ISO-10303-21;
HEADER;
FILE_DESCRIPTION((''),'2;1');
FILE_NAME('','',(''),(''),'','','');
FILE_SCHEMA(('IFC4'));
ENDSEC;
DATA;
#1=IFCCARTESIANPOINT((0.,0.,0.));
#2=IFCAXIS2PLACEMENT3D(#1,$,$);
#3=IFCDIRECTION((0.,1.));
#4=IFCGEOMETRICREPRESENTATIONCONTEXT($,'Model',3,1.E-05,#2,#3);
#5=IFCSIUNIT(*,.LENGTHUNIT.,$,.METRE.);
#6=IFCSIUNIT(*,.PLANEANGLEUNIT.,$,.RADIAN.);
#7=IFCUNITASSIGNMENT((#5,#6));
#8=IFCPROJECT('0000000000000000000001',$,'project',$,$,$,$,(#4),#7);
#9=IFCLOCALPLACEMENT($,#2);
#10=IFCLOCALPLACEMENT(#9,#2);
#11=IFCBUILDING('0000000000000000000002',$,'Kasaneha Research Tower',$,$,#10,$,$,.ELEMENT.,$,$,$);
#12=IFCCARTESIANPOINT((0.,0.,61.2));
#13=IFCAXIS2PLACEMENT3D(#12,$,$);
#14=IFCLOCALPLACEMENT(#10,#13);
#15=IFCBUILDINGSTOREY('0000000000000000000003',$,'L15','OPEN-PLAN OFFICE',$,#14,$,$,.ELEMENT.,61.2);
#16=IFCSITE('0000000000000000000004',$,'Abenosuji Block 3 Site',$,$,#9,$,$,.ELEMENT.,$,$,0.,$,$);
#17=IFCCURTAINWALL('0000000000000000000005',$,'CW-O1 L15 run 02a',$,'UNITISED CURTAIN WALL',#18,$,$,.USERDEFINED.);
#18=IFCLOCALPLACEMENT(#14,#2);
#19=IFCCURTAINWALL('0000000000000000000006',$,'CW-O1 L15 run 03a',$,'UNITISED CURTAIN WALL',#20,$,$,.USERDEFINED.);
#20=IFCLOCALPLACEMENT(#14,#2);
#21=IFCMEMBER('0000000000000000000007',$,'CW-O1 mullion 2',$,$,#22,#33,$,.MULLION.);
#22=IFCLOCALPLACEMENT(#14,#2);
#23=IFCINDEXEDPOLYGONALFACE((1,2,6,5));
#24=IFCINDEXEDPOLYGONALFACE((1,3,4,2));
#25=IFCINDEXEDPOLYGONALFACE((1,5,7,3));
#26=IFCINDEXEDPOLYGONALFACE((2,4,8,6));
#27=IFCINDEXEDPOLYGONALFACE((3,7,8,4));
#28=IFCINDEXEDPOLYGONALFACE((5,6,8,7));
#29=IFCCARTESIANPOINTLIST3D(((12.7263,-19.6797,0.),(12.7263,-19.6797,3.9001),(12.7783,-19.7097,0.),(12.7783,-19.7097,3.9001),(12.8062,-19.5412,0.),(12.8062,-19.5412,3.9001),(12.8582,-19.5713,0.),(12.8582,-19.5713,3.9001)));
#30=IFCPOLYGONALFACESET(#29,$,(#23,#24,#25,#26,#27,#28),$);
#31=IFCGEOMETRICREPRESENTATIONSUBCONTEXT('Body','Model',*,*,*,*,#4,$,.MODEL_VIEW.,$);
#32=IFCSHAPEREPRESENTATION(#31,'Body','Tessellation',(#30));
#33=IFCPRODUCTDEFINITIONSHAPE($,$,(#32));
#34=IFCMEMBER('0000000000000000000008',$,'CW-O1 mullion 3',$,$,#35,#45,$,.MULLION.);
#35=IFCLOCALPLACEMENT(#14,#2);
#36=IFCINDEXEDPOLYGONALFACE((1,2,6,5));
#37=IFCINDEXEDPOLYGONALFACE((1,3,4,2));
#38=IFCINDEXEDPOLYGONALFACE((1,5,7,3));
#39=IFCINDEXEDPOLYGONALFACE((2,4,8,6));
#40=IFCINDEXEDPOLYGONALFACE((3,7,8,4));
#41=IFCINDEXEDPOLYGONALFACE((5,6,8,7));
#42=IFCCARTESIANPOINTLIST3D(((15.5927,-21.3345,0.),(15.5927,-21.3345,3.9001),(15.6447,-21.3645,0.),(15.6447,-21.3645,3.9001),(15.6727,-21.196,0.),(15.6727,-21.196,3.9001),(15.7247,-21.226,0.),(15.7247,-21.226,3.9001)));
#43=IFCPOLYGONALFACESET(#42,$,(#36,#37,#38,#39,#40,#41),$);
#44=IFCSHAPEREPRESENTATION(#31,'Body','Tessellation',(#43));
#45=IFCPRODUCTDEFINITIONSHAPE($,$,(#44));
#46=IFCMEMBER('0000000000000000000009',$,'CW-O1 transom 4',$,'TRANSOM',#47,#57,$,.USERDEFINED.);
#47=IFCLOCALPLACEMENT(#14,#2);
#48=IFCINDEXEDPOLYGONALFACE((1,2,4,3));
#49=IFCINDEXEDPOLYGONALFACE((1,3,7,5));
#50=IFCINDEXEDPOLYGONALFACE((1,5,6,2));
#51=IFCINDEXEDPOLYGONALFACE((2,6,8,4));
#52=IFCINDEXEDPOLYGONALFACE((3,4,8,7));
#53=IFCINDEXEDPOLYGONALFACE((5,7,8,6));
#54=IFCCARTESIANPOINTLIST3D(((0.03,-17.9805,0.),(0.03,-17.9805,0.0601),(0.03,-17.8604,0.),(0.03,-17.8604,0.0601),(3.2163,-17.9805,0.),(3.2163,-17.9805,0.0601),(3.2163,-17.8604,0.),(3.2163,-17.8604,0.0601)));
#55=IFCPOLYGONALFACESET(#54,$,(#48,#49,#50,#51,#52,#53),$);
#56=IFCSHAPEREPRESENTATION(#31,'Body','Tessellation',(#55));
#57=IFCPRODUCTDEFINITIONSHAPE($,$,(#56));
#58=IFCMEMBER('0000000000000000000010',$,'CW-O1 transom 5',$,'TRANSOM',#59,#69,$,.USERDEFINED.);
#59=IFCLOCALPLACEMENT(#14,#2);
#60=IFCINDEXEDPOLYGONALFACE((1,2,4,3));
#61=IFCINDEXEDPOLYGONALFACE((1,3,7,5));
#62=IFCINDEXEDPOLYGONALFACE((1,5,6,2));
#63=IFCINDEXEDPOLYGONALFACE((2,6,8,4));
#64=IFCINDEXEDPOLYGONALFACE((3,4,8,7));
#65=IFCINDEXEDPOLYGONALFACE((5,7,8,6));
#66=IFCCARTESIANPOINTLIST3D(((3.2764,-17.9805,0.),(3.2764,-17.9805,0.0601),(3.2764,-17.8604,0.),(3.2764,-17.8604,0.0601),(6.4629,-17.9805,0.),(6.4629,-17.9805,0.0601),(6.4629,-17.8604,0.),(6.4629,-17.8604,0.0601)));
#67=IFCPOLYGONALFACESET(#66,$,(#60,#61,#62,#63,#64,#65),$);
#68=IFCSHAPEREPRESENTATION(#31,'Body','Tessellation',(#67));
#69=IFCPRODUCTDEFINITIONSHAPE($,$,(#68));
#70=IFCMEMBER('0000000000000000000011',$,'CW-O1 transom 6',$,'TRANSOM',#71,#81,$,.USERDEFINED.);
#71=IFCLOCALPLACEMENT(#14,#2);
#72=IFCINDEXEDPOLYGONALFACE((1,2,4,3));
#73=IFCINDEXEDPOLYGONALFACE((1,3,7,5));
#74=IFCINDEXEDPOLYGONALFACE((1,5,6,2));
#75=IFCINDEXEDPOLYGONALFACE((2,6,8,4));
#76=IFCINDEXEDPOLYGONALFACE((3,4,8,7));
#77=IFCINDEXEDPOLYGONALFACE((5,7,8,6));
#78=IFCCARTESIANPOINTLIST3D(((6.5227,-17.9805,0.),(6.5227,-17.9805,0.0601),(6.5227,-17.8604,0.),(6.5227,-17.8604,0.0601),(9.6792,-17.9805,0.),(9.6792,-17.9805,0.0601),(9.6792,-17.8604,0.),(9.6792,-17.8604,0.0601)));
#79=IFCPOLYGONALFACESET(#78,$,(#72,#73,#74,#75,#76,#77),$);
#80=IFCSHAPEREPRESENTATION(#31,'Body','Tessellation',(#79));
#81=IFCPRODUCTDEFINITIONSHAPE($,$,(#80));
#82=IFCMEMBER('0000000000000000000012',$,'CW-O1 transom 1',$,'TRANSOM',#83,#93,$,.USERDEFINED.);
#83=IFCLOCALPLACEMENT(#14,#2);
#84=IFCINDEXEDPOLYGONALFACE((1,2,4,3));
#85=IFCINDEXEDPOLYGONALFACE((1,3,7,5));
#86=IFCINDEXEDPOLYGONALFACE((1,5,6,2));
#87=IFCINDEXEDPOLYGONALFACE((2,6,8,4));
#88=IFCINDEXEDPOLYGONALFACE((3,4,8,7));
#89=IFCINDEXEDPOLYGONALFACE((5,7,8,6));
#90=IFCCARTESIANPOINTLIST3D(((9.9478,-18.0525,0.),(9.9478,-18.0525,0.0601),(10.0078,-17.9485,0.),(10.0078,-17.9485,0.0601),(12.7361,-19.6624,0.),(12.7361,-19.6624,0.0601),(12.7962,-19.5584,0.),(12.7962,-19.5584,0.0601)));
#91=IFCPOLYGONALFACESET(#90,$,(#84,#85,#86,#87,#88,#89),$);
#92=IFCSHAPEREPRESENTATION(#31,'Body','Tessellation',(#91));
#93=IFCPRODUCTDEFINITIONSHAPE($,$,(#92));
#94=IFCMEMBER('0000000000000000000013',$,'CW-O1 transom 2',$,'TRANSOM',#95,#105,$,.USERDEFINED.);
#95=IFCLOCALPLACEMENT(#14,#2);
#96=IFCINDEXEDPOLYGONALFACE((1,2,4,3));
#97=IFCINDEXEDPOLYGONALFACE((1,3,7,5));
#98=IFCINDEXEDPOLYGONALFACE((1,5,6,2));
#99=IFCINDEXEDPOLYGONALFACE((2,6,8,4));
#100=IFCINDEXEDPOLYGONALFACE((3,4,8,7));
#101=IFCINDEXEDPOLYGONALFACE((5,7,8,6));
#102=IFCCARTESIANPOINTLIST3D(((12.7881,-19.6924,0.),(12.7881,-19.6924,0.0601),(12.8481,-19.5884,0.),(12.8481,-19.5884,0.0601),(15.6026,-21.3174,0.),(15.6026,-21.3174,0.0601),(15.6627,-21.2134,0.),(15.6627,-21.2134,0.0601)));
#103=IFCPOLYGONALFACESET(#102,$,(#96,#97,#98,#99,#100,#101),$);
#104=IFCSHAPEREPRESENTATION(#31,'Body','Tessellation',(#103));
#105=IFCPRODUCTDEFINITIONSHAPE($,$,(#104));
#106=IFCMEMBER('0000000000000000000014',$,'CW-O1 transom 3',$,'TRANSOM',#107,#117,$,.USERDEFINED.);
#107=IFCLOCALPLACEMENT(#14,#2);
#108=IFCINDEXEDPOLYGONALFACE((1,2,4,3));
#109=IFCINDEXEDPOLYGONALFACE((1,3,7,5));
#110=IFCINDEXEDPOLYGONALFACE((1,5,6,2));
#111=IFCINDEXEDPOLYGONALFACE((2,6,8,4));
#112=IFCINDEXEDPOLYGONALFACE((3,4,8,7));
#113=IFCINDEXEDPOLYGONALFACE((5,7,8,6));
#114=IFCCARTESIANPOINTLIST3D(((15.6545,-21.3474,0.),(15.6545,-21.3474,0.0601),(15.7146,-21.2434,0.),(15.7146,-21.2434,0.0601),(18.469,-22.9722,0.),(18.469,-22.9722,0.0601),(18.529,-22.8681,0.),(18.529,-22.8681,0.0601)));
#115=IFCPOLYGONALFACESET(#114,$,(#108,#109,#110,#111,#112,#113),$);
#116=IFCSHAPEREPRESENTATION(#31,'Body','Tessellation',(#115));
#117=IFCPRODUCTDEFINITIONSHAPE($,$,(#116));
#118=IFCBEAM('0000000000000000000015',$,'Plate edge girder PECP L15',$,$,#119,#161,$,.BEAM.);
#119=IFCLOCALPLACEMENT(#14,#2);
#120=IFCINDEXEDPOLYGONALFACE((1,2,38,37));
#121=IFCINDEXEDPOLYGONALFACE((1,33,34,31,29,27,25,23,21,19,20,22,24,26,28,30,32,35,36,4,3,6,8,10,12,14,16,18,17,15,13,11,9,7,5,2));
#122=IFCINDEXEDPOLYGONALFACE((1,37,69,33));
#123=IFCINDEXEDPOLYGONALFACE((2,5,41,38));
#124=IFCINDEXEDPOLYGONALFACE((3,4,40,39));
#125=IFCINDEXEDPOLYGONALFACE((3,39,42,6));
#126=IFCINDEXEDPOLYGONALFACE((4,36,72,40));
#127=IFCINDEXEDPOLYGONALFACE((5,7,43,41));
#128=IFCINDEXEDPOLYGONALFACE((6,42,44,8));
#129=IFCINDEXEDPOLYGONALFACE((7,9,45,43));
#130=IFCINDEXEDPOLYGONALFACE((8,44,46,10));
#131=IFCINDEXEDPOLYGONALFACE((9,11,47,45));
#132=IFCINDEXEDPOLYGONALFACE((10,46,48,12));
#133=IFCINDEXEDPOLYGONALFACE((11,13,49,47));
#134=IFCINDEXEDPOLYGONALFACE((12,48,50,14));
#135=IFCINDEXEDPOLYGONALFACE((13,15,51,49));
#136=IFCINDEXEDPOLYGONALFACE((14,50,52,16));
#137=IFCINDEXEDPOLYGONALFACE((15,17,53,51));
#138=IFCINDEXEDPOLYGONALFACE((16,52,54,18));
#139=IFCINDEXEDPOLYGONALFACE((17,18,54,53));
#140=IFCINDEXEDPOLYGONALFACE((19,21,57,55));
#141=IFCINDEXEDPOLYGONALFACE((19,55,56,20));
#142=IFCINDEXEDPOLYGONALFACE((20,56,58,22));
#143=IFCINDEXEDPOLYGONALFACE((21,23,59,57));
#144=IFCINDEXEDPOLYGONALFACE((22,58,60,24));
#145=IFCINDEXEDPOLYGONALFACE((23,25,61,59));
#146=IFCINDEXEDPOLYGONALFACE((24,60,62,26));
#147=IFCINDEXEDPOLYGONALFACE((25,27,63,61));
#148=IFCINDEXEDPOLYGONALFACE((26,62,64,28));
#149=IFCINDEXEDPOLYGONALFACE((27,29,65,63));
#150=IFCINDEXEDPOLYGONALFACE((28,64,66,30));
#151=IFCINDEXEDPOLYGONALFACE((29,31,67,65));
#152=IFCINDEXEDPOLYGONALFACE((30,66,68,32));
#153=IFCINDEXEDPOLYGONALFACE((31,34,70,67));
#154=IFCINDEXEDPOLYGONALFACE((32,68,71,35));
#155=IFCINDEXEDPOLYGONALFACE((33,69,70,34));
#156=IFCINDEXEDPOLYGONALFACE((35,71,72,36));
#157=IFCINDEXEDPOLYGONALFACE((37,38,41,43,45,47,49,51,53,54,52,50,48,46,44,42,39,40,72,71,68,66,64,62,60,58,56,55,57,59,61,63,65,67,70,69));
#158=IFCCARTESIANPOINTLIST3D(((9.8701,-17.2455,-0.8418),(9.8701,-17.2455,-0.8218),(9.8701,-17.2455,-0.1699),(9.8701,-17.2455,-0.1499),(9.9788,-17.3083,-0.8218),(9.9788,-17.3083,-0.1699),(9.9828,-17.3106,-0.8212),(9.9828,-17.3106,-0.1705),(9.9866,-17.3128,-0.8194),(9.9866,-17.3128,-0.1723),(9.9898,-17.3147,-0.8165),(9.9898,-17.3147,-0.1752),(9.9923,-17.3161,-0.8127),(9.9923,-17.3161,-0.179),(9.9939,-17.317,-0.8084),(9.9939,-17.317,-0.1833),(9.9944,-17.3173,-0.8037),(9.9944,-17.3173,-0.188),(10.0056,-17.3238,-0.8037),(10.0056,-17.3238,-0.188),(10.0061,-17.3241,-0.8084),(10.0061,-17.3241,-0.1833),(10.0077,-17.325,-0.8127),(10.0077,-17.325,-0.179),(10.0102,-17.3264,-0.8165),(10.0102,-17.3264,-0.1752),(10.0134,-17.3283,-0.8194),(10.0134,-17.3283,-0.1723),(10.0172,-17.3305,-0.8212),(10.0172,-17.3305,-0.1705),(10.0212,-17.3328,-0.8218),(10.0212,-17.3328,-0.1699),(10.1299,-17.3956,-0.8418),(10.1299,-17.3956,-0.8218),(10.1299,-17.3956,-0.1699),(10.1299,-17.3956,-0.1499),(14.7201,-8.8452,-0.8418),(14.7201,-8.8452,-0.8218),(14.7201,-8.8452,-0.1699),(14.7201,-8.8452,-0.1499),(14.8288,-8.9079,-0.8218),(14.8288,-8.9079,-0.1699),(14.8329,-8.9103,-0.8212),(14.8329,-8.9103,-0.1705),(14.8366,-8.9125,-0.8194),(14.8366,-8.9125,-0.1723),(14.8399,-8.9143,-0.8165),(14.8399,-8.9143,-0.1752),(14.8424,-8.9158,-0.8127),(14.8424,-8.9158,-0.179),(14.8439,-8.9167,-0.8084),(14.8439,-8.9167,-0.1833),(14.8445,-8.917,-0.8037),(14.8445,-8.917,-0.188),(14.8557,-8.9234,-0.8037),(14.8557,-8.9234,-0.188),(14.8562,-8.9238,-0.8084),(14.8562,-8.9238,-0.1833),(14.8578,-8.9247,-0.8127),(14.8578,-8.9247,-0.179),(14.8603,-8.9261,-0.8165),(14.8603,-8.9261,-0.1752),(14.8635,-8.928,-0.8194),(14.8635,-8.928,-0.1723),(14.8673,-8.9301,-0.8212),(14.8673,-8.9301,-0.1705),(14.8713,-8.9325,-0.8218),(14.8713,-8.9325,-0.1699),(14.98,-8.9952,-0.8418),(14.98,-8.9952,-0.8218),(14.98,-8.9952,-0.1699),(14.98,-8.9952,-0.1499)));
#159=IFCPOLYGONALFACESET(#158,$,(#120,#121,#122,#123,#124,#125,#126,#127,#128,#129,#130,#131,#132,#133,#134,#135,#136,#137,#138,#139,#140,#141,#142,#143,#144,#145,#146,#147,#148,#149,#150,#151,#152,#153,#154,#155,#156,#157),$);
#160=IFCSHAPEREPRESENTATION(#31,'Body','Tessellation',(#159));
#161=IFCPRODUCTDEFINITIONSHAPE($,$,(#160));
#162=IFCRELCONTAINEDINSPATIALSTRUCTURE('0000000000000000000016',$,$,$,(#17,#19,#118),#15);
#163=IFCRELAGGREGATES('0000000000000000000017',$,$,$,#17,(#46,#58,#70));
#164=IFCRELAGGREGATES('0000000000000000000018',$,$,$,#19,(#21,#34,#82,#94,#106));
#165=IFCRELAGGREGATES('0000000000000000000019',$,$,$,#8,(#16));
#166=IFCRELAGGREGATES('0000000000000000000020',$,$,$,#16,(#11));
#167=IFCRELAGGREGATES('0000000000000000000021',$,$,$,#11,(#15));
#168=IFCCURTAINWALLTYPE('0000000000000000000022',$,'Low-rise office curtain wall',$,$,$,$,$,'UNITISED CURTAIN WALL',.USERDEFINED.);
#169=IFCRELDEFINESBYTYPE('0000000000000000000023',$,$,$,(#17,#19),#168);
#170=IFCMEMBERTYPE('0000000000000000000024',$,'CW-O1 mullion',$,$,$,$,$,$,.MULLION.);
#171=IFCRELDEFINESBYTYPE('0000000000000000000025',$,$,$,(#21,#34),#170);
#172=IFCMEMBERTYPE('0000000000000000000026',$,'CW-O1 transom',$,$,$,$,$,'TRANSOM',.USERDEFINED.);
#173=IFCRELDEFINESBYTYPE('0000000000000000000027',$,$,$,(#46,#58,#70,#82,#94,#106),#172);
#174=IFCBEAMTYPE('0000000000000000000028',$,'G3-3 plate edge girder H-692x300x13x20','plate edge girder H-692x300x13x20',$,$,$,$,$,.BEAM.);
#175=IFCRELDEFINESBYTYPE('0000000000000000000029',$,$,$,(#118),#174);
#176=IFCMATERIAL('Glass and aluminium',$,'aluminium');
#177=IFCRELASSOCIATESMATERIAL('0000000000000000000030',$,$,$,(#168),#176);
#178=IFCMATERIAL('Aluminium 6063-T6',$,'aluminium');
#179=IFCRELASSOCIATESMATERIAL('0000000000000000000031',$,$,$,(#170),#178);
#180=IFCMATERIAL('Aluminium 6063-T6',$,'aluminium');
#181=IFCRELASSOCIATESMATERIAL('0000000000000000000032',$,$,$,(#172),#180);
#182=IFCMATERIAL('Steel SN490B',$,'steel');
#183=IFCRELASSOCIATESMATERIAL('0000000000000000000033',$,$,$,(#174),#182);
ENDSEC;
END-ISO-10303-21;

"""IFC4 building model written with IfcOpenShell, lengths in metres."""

from ifc_helpers import new_model, si_unit, direction, frame, origin, origin_2d, place, context, subcontext, project, spatial, rectangle, i_section, extrude, material, material_profile, profile_set, type_object, element, aggregate, save


model = new_model("IFC4")

# Units and contexts
model_context = context("Model", 3, precision=1e-05, world=origin(), true_north=direction((0.0, 1.0)))
body_context = subcontext(model_context, "Body", "Model", "MODEL_VIEW")
ifc_project = project(units=[si_unit("LENGTHUNIT", "METRE"), si_unit("PLANEANGLEUNIT", "RADIAN")], contexts=[model_context])

# Site, building, storey
site_placement = place(None, origin())
site = spatial("IfcSite", under=ifc_project, at=site_placement, Name="Abenosuji Block 3 Site", CompositionType="ELEMENT", RefElevation=0.0)
building_placement = place(site_placement, origin())
building = spatial("IfcBuilding", under=site, at=building_placement, Name="Kasaneha Research Tower", CompositionType="ELEMENT")
storey_placement = place(building_placement, frame((0.0, 0.0, 61.2)))
storey = spatial("IfcBuildingStorey", under=building, at=storey_placement, Name="L15", Description="OPEN-PLAN OFFICE", CompositionType="ELEMENT", Elevation=61.2)

# Curtain walls, members
ifc_material_1 = material(Name="Glass and aluminium", Category="aluminium")
curtain_wall_type = type_object("IfcCurtainWallType", Name="Low-rise office curtain wall", ElementType="UNITISED CURTAIN WALL", PredefinedType="USERDEFINED", material=ifc_material_1)
curtain_wall_1_placement = place(storey_placement, origin())
curtain_wall_1 = element("IfcCurtainWall", 1, at=curtain_wall_1_placement, inside=storey, type_object=curtain_wall_type, Name="CW-O1 L15 run 02a", ObjectType="UNITISED CURTAIN WALL", PredefinedType="USERDEFINED")
ifc_material_2 = material(Name="Aluminium 6063-T6", Category="aluminium")
ifc_material_profile_1 = material_profile(ifc_material_2, rectangle(XDim=0.0601, YDim=0.1599, at=origin_2d()), Name="CW-O1 mullion 60x160")
ifc_profile_set_1 = profile_set([ifc_material_profile_1], Name="Aluminium 6063-T6")
member_type_1 = type_object("IfcMemberType", Name="CW-O1 mullion", PredefinedType="MULLION", material=ifc_profile_set_1)
curtain_wall_2_placement = place(storey_placement, origin())
curtain_wall_2 = element("IfcCurtainWall", 2, at=curtain_wall_2_placement, inside=storey, type_object=curtain_wall_type, Name="CW-O1 L15 run 03a", ObjectType="UNITISED CURTAIN WALL", PredefinedType="USERDEFINED")
member_1_placement = place(storey_placement, frame((12.7922, -19.6255, 0.0), z_axis=(0.0, 0.0, 1.0), x_axis=(0.866025, -0.5, 0.0)))
member_1 = element("IfcMember", 3, at=member_1_placement, type_object=member_type_1, Name="CW-O1 mullion 2", PredefinedType="MULLION", context=body_context, shape_type="SweptSolid", body=[
    extrude(rectangle(XDim=0.0601, YDim=0.1599, at=origin_2d()), origin(), (0.0, 0.0, 1.0), 3.9001),
])
member_2_placement = place(storey_placement, frame((15.6587, -21.2803, 0.0), z_axis=(0.0, 0.0, 1.0), x_axis=(0.866025, -0.5, 0.0)))
member_2 = element("IfcMember", 4, at=member_2_placement, type_object=member_type_1, Name="CW-O1 mullion 3", PredefinedType="MULLION", context=body_context, shape_type="SweptSolid", body=[
    extrude(rectangle(XDim=0.0601, YDim=0.1599, at=origin_2d()), origin(), (0.0, 0.0, 1.0), 3.9001),
])

# Members
ifc_material_3 = material(Name="Aluminium 6063-T6", Category="aluminium")
ifc_material_profile_2 = material_profile(ifc_material_3, rectangle(XDim=0.1201, YDim=0.0601, at=origin_2d()), Name="CW-O1 transom 120x60")
ifc_profile_set_2 = profile_set([ifc_material_profile_2], Name="Aluminium 6063-T6")
member_type_2 = type_object("IfcMemberType", Name="CW-O1 transom", ElementType="TRANSOM", PredefinedType="USERDEFINED", material=ifc_profile_set_2)
member_3_placement = place(storey_placement, frame((0.03, -17.9204, 0.03), z_axis=(1.0, 0.0, 0.0), x_axis=(0.0, 1.0, 0.0)))
member_3 = element("IfcMember", 5, at=member_3_placement, type_object=member_type_2, Name="CW-O1 transom 4", ObjectType="TRANSOM", PredefinedType="USERDEFINED", context=body_context, shape_type="SweptSolid", body=[
    extrude(rectangle(XDim=0.1201, YDim=0.0601, at=origin_2d()), origin(), (0.0, 0.0, 1.0), 3.1863),
])
member_4_placement = place(storey_placement, frame((3.2764, -17.9204, 0.03), z_axis=(1.0, 0.0, 0.0), x_axis=(0.0, 1.0, 0.0)))
member_4 = element("IfcMember", 6, at=member_4_placement, type_object=member_type_2, Name="CW-O1 transom 5", ObjectType="TRANSOM", PredefinedType="USERDEFINED", context=body_context, shape_type="SweptSolid", body=[
    extrude(rectangle(XDim=0.1201, YDim=0.0601, at=origin_2d()), origin(), (0.0, 0.0, 1.0), 3.1865),
])
member_5_placement = place(storey_placement, frame((6.5227, -17.9204, 0.03), z_axis=(1.0, 0.0, 0.0), x_axis=(0.0, 1.0, 0.0)))
member_5 = element("IfcMember", 7, at=member_5_placement, type_object=member_type_2, Name="CW-O1 transom 6", ObjectType="TRANSOM", PredefinedType="USERDEFINED", context=body_context, shape_type="SweptSolid", body=[
    extrude(rectangle(XDim=0.1201, YDim=0.0601, at=origin_2d()), origin(), (0.0, 0.0, 1.0), 3.1565),
])
member_6_placement = place(storey_placement, frame((9.9778, -18.0005, 0.03), z_axis=(0.866023, -0.500005, 0.0), x_axis=(0.500005, 0.866023, 0.0)))
member_6 = element("IfcMember", 8, at=member_6_placement, type_object=member_type_2, Name="CW-O1 transom 1", ObjectType="TRANSOM", PredefinedType="USERDEFINED", context=body_context, shape_type="SweptSolid", body=[
    extrude(rectangle(XDim=0.1201, YDim=0.0601, at=origin_2d()), origin(), (0.0, 0.0, 1.0), 3.2197),
])
member_7_placement = place(storey_placement, frame((12.8181, -19.6404, 0.03), z_axis=(0.866015, -0.500017, 0.0), x_axis=(0.500017, 0.866015, 0.0)))
member_7 = element("IfcMember", 9, at=member_7_placement, type_object=member_type_2, Name="CW-O1 transom 2", ObjectType="TRANSOM", PredefinedType="USERDEFINED", context=body_context, shape_type="SweptSolid", body=[
    extrude(rectangle(XDim=0.1201, YDim=0.0601, at=origin_2d()), origin(), (0.0, 0.0, 1.0), 3.25),
])
member_8_placement = place(storey_placement, frame((15.6846, -21.2954, 0.03), z_axis=(0.866048, -0.499961, 0.0), x_axis=(0.499961, 0.866048, 0.0)))
member_8 = element("IfcMember", 10, at=member_8_placement, type_object=member_type_2, Name="CW-O1 transom 3", ObjectType="TRANSOM", PredefinedType="USERDEFINED", context=body_context, shape_type="SweptSolid", body=[
    extrude(rectangle(XDim=0.1201, YDim=0.0601, at=origin_2d()), origin(), (0.0, 0.0, 1.0), 3.2498),
])

# Beam
ifc_material_4 = material(Name="Steel SN490B", Category="steel")
ifc_material_profile_3 = material_profile(ifc_material_4, i_section(OverallWidth=0.3, OverallDepth=0.6919, WebThickness=0.0129, FlangeThickness=0.02, FilletRadius=0.0181, at=origin_2d()), Name="H-692x300x13x20")
ifc_profile_set_3 = profile_set([ifc_material_profile_3], Name="Steel SN490B")
beam_type_1 = type_object("IfcBeamType", Name="G3-3 plate edge girder H-692x300x13x20", Description="plate edge girder H-692x300x13x20", PredefinedType="BEAM", material=ifc_profile_set_3)
beam_1_placement = place(storey_placement, frame((10.0, -17.3206, -0.4958), z_axis=(0.50001, 0.86602, 0.0), x_axis=(-0.86602, 0.50001, 0.0)))
element("IfcBeam", 11, at=beam_1_placement, inside=storey, type_object=beam_type_1, Name="Plate edge girder PECP L15", PredefinedType="BEAM", context=body_context, shape_type="SweptSolid", body=[
    extrude(i_section(OverallWidth=0.3, OverallDepth=0.6919, WebThickness=0.0129, FlangeThickness=0.02, FilletRadius=0.0181, at=origin_2d()), origin(), (0.0, 0.0, 1.0), 9.7),
])

aggregate(curtain_wall_1, [member_3, member_4, member_5])
aggregate(curtain_wall_2, [member_1, member_2, member_6, member_7, member_8])

save(model, "model.ifc")
